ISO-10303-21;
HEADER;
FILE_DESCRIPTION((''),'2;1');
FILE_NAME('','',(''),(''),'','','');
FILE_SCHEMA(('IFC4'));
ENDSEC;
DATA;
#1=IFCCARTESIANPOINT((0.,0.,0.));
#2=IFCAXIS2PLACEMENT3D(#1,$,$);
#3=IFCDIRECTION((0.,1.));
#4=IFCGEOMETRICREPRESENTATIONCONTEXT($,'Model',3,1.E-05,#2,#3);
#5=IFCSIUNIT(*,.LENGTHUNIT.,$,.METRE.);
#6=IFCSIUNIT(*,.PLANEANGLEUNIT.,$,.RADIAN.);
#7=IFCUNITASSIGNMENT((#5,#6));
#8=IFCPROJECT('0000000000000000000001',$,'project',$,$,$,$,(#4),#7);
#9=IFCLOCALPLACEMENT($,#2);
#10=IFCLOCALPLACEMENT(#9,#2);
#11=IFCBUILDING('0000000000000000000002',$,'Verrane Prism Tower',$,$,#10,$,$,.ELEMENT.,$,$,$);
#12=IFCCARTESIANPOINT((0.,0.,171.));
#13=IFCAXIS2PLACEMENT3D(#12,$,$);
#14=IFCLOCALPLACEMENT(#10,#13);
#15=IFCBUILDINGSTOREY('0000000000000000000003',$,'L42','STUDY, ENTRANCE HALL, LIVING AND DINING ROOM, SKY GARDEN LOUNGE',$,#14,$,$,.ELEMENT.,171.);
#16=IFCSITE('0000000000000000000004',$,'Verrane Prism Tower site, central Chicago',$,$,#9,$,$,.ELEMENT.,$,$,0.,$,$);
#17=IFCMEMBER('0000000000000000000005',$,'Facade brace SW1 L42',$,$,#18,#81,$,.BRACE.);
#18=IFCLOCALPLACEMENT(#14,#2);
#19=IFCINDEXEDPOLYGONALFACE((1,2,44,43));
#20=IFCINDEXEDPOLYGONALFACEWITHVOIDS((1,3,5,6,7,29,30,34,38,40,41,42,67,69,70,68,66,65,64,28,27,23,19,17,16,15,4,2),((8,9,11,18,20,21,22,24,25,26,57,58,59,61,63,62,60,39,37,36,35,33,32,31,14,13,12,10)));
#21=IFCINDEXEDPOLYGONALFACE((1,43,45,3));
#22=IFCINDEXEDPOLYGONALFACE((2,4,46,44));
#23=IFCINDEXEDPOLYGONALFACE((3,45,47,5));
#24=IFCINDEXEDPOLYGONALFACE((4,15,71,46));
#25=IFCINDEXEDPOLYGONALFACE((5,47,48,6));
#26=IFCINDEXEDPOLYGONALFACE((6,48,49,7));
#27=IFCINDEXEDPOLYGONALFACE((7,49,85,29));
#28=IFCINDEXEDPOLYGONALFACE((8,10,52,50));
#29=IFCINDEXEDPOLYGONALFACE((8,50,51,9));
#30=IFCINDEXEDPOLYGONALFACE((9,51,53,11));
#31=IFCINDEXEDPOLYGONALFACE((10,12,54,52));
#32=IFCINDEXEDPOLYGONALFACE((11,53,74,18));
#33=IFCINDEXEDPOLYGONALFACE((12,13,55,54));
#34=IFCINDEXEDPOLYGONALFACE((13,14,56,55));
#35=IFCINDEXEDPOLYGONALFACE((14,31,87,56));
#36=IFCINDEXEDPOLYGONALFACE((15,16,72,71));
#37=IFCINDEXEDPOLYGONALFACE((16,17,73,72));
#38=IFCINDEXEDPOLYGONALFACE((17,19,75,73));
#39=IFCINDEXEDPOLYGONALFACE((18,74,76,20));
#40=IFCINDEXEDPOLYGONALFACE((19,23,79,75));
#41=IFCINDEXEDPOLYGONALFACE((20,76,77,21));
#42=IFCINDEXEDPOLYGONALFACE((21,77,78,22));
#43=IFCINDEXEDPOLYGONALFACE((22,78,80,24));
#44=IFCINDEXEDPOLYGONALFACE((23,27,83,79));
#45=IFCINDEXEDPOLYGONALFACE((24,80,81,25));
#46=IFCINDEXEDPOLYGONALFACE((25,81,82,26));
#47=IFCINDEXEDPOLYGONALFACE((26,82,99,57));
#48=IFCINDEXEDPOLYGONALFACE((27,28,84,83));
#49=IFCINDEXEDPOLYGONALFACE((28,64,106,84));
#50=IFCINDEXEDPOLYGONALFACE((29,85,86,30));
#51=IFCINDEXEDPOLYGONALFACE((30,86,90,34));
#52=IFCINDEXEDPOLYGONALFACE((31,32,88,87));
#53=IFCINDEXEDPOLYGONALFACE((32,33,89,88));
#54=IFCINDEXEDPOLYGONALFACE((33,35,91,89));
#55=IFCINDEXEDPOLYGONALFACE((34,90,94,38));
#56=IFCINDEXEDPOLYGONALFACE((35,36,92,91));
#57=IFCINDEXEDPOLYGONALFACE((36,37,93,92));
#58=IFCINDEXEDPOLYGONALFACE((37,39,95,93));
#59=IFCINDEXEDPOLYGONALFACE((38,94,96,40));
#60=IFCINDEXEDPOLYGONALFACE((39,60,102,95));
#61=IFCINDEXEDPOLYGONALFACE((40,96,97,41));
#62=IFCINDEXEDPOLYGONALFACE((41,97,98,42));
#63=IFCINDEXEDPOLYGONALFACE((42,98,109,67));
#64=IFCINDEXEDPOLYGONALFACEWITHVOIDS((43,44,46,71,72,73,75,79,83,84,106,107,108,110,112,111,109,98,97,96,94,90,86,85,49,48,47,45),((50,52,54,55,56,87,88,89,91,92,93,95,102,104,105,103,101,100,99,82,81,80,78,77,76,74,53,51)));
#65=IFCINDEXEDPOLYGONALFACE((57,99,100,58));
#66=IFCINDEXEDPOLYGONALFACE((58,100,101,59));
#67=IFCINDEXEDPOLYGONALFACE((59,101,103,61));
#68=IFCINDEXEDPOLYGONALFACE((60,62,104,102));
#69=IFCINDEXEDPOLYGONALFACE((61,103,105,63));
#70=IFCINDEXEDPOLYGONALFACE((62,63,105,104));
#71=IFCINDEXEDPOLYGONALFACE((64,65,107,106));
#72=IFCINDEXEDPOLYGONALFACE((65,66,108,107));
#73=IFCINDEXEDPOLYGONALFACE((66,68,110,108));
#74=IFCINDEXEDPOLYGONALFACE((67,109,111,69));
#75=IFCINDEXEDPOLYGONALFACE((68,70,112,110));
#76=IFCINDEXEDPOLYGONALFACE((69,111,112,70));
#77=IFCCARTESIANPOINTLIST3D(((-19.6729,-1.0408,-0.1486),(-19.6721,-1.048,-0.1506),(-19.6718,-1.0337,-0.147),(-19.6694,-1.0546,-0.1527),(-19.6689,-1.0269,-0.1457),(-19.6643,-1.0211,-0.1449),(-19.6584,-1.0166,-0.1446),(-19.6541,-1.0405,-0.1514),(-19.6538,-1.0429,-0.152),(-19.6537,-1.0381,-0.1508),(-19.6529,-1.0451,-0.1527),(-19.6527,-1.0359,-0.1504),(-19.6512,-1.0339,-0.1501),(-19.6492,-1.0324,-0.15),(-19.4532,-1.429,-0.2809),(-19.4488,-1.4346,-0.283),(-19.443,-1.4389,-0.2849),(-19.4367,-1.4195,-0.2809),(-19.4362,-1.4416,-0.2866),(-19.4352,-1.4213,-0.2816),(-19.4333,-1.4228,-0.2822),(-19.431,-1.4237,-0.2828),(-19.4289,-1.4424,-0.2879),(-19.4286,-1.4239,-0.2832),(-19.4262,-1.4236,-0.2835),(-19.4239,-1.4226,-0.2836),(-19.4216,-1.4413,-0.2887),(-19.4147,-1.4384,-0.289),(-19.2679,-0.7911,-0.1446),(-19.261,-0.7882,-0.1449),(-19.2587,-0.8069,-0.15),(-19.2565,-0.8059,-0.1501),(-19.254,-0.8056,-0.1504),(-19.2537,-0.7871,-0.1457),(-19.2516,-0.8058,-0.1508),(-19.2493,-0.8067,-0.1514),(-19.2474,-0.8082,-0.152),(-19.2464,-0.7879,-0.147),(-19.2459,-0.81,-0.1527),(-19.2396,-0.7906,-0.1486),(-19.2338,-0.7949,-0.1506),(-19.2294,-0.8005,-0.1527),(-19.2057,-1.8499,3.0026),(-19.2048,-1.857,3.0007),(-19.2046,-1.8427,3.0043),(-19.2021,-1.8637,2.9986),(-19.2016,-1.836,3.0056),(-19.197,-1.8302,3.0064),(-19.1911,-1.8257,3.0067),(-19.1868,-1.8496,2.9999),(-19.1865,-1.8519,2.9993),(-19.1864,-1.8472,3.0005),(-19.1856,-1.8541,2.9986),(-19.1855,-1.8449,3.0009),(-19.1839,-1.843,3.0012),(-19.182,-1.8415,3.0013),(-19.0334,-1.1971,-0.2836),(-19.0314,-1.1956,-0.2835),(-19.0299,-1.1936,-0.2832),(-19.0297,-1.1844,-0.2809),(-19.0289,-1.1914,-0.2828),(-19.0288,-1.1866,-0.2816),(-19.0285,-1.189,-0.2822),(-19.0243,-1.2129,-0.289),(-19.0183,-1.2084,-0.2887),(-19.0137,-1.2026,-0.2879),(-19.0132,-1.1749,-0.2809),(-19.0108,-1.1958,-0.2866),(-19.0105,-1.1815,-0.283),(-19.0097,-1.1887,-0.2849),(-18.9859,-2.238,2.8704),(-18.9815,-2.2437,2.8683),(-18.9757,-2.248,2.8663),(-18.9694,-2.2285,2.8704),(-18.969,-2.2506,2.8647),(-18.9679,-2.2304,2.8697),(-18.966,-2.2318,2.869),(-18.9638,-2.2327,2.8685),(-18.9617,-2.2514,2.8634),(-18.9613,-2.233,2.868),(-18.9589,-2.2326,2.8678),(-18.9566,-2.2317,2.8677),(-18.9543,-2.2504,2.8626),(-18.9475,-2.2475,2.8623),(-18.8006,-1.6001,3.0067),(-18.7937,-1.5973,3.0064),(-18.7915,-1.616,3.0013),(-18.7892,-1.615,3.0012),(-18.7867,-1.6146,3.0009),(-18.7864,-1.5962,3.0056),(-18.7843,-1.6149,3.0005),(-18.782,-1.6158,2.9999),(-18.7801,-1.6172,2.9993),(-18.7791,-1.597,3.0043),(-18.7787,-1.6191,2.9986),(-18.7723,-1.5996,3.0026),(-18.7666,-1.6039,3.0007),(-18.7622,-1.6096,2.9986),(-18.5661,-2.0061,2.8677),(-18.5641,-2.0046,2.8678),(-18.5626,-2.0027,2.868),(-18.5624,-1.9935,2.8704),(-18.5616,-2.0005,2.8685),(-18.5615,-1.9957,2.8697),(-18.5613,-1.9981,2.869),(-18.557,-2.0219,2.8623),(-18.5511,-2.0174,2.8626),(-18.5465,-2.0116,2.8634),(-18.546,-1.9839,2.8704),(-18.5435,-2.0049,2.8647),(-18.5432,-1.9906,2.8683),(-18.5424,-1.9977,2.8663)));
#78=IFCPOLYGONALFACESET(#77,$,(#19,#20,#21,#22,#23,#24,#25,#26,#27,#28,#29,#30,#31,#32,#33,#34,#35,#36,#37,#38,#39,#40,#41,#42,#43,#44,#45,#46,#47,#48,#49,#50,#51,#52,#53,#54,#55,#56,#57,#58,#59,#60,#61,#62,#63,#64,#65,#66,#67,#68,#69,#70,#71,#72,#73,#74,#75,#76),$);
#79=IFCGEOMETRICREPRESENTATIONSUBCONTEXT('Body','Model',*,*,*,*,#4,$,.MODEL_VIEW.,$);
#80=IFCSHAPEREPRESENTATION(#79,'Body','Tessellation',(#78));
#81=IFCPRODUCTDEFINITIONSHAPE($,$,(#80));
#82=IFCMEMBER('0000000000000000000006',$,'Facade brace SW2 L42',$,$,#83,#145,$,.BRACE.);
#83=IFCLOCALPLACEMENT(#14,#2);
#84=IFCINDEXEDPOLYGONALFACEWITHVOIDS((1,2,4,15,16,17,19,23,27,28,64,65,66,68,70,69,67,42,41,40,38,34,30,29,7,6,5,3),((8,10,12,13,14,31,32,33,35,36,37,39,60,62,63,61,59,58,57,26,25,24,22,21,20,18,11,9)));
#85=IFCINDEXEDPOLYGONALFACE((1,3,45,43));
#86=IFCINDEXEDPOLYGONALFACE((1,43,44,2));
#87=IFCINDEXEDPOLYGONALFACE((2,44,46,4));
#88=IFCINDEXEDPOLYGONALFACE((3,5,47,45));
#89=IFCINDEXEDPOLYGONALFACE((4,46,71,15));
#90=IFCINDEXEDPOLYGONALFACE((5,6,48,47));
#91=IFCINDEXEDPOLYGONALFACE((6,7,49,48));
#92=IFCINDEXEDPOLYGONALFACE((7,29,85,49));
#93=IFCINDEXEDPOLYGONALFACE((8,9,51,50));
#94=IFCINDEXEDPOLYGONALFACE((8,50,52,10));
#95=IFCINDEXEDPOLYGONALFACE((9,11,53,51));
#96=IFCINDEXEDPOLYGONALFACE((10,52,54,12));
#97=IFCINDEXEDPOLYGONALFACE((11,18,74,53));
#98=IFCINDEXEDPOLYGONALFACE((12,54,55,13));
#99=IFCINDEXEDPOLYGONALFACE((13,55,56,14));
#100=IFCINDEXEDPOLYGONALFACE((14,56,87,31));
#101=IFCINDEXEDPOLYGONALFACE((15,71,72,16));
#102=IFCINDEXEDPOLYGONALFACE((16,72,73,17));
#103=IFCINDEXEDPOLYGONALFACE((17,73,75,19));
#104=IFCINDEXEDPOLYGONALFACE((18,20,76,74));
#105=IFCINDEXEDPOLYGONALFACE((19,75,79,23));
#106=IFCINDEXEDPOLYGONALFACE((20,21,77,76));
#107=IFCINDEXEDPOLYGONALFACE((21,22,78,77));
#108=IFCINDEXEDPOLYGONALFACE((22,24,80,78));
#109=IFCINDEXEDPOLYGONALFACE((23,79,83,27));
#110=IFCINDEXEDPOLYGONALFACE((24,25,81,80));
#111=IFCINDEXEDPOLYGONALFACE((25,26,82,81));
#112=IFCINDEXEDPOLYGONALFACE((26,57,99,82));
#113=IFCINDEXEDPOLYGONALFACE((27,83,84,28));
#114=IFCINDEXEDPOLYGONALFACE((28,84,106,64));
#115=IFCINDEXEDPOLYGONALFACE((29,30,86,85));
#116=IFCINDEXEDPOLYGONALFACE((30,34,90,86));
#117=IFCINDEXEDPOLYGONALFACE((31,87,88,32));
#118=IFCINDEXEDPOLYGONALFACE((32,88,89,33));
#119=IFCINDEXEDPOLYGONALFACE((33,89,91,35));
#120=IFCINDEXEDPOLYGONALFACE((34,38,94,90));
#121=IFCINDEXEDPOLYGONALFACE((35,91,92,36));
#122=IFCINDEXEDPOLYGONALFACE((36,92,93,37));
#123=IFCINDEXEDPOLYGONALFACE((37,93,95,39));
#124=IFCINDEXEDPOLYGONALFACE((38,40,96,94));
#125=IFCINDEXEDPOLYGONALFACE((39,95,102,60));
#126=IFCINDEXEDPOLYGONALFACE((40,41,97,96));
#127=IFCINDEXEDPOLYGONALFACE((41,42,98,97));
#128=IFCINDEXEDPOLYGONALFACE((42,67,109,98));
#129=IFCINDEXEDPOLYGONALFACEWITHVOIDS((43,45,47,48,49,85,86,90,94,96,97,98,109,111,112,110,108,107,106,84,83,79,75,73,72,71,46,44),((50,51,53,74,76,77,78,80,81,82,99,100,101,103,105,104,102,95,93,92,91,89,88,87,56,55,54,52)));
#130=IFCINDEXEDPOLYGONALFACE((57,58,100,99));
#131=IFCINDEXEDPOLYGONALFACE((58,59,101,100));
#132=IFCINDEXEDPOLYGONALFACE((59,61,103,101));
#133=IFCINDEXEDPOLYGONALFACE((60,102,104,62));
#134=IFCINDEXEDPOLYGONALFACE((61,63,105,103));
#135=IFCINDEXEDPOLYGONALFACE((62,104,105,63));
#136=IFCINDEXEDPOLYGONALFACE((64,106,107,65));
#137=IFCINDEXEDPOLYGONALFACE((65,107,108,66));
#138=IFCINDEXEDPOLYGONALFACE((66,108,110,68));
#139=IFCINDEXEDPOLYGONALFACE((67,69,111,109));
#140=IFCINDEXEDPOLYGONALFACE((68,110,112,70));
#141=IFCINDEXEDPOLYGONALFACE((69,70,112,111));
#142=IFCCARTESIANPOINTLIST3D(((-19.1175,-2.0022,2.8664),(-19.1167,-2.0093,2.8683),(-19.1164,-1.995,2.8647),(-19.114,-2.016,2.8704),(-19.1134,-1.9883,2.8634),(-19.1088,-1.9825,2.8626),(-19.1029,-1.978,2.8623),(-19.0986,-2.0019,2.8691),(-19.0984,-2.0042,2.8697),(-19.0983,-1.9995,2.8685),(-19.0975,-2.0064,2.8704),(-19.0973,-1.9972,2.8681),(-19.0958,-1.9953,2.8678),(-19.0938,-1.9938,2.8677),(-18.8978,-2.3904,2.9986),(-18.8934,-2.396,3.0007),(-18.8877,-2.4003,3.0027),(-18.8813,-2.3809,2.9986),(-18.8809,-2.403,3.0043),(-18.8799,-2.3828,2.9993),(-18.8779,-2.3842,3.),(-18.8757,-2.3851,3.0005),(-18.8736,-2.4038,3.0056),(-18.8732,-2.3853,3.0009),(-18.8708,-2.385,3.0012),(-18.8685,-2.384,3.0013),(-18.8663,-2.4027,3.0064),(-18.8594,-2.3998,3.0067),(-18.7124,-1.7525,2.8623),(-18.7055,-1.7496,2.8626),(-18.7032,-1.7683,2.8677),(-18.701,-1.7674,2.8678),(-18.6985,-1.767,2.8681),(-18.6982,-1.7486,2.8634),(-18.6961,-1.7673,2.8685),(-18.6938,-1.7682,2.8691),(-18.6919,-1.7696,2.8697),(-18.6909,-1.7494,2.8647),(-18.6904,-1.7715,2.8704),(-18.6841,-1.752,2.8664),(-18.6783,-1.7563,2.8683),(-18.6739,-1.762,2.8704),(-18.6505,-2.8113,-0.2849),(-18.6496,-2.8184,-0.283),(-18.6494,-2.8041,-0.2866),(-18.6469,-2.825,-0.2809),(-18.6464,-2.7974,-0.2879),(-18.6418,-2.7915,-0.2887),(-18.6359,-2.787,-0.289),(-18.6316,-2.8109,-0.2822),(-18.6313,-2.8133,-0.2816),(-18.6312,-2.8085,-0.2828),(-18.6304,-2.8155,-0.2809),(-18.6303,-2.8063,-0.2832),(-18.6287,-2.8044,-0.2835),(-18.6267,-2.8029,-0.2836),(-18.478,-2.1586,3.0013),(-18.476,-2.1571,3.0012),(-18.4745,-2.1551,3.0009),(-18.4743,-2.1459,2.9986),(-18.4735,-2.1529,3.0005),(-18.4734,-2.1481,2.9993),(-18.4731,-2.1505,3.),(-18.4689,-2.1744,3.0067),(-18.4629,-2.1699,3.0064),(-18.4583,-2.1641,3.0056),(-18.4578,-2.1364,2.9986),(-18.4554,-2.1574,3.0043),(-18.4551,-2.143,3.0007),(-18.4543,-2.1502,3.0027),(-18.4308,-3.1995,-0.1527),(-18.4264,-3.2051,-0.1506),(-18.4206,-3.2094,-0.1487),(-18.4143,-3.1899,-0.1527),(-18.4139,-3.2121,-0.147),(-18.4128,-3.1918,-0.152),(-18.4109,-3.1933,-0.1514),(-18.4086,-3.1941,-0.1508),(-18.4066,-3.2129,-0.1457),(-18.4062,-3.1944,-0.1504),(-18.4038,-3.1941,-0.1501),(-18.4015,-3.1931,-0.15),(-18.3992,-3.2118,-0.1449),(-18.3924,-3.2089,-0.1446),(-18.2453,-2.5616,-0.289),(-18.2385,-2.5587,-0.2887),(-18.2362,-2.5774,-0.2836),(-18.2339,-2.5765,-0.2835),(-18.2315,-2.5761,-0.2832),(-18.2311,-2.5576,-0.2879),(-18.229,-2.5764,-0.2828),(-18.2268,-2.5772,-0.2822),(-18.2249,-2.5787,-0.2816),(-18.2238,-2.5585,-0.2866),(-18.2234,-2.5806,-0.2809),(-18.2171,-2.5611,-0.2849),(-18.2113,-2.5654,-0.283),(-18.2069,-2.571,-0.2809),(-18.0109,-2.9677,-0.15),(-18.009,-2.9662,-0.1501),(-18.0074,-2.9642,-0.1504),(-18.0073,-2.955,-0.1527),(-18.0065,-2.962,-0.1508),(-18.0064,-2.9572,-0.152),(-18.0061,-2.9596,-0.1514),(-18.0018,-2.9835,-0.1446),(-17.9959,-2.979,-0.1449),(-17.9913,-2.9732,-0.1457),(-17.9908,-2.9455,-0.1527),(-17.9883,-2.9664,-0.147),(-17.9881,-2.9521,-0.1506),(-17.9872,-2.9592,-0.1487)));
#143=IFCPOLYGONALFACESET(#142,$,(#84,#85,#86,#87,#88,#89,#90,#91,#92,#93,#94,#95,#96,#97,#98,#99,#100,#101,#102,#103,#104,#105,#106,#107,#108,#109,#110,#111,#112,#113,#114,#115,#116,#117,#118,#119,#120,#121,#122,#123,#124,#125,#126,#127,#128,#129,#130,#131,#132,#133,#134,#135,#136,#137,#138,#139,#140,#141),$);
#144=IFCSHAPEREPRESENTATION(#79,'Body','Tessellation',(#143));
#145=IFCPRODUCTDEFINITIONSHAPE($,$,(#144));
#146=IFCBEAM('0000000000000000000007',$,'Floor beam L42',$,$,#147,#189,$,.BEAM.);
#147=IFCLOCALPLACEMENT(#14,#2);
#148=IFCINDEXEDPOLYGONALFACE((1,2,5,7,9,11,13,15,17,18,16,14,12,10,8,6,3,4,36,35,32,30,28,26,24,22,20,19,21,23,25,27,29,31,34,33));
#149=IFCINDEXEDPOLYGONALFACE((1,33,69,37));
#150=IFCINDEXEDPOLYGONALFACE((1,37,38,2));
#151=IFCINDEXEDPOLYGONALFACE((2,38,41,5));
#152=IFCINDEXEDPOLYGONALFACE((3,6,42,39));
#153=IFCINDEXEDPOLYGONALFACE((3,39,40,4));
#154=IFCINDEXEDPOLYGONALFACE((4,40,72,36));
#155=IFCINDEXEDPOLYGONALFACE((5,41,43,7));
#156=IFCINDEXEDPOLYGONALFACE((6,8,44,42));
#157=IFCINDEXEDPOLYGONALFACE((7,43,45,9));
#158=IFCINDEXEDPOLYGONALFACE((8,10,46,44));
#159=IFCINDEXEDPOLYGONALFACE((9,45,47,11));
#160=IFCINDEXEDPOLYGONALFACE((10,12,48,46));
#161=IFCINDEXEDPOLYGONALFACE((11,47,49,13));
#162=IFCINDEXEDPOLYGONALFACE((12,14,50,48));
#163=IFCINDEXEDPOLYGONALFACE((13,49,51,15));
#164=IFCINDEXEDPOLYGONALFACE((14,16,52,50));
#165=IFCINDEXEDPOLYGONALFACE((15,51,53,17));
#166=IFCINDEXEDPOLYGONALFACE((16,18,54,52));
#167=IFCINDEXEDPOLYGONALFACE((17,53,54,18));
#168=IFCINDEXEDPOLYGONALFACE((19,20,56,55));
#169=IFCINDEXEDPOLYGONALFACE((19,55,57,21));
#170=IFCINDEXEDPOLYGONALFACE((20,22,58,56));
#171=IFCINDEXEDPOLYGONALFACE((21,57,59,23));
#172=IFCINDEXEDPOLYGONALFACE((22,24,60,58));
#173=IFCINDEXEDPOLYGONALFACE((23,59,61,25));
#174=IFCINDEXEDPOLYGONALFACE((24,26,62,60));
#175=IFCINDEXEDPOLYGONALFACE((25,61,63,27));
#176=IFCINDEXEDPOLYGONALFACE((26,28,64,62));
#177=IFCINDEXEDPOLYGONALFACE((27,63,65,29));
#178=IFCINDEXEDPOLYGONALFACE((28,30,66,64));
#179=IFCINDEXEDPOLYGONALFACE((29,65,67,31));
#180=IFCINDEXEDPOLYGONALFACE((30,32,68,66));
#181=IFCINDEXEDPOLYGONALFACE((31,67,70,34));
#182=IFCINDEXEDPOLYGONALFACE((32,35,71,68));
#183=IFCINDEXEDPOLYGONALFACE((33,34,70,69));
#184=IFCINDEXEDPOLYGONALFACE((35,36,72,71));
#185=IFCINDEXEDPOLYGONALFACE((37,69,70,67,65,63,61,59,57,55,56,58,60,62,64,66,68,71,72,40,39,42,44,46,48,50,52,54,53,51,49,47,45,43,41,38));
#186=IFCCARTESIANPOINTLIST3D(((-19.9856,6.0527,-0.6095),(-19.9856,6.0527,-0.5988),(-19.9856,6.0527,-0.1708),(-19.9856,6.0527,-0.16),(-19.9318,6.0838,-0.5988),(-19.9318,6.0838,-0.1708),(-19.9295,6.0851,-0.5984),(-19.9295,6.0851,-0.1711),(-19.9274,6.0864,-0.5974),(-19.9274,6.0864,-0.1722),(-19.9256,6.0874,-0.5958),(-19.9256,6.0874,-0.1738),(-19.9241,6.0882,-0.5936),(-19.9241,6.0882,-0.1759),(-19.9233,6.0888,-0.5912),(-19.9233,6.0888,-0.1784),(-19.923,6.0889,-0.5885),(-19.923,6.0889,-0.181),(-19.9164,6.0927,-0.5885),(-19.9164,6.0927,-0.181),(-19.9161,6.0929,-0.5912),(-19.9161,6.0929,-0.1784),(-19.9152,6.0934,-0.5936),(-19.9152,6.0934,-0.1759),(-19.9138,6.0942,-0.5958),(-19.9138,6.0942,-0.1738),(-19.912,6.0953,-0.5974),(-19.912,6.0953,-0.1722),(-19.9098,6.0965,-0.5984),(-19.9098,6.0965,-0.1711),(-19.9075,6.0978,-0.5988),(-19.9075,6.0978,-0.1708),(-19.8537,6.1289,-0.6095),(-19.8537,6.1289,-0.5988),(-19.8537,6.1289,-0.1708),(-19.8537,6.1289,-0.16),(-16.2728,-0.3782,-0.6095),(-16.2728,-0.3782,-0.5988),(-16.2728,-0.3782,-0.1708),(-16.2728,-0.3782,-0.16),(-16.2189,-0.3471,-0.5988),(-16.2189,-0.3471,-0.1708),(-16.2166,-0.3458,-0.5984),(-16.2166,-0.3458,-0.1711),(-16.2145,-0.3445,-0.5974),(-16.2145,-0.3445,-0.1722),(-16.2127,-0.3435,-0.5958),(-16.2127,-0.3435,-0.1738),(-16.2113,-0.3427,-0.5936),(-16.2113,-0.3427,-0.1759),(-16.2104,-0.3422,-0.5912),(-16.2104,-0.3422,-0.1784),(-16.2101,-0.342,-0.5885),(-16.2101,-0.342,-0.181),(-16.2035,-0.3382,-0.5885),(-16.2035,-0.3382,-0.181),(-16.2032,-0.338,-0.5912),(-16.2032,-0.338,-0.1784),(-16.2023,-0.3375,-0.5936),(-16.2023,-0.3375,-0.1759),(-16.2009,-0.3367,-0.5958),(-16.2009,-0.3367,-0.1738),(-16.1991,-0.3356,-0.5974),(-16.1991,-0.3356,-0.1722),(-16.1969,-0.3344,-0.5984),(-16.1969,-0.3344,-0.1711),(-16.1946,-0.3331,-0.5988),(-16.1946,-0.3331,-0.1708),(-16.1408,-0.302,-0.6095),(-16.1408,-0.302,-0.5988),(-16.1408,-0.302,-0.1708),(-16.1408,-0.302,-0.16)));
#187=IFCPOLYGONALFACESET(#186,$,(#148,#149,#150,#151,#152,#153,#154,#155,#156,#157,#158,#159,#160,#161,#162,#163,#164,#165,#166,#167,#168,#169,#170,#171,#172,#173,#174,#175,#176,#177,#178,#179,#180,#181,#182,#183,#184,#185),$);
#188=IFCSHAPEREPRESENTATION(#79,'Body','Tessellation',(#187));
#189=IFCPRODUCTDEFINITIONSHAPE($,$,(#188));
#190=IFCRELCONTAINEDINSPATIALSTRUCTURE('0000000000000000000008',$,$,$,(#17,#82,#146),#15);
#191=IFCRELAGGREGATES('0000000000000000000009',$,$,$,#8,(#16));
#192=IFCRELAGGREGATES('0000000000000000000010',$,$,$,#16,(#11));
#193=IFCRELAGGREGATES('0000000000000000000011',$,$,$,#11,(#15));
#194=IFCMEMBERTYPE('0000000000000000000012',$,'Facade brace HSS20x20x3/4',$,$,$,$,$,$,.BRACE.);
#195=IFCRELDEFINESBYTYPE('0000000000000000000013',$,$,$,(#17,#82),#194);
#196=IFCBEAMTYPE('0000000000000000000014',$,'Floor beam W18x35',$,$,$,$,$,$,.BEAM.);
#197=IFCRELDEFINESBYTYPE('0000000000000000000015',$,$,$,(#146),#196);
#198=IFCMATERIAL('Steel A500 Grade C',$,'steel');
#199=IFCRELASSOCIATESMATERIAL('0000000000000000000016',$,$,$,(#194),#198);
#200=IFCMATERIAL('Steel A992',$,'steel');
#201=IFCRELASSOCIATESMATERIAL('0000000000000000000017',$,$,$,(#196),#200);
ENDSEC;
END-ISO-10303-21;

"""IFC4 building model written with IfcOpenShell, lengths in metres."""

from ifc_helpers import new_model, si_unit, direction, frame, origin, origin_2d, place, context, subcontext, project, spatial, hollow_rectangle, i_section, extrude, material, material_profile, profile_set, type_object, element, save


model = new_model("IFC4")

# Units and contexts
model_context = context("Model", 3, precision=1e-05, world=origin(), true_north=direction((0.0, 1.0)))
body_context = subcontext(model_context, "Body", "Model", "MODEL_VIEW")
ifc_project = project(units=[si_unit("LENGTHUNIT", "METRE"), si_unit("PLANEANGLEUNIT", "RADIAN")], contexts=[model_context])

# Site, building, storey
site_placement = place(None, origin())
site = spatial("IfcSite", under=ifc_project, at=site_placement, Name="Verrane Prism Tower site, central Chicago", CompositionType="ELEMENT", RefElevation=0.0)
building_placement = place(site_placement, origin())
building = spatial("IfcBuilding", under=site, at=building_placement, Name="Verrane Prism Tower", CompositionType="ELEMENT")
storey_placement = place(building_placement, frame((0.0, 0.0, 171.0)))
storey = spatial("IfcBuildingStorey", under=building, at=storey_placement, Name="L42", Description="STUDY, ENTRANCE HALL, LIVING AND DINING ROOM, SKY GARDEN LOUNGE", CompositionType="ELEMENT", Elevation=171.0)

# Members
ifc_material_1 = material(Name="Steel A500 Grade C", Category="steel")
ifc_material_profile_1 = material_profile(ifc_material_1, hollow_rectangle(XDim=0.5081, YDim=0.5081, WallThickness=0.019, InnerFilletRadius=0.0095, OuterFilletRadius=0.0286, at=origin_2d()), Name="HSS20x20x3/4")
ifc_profile_set_1 = profile_set([ifc_material_profile_1], Name="Steel A500 Grade C")
member_type_1 = type_object("IfcMemberType", Name="Facade brace HSS20x20x3/4", PredefinedType="BRACE", material=ifc_profile_set_1)
for number, where, z_axis, x_axis, name in (
    (1, (-19.3413, -1.1147, -0.2168), (0.142163, -0.246149, 0.958749), (0.865951, 0.50013, 0.0), "Facade brace SW1 L42"),
    (2, (-18.3188, -2.8853, -0.2168), (-0.142091, 0.246152, 0.958759), (-0.866064, -0.499934, 0.0), "Facade brace SW2 L42"),
):
    element("IfcMember", number, at=place(storey_placement, frame(where, z_axis=z_axis, x_axis=x_axis)), inside=storey, type_object=member_type_1, Name=name, PredefinedType="BRACE", context=body_context, shape_type="SweptSolid", body=[
        extrude(hollow_rectangle(XDim=0.5081, YDim=0.5081, WallThickness=0.019, InnerFilletRadius=0.0095, OuterFilletRadius=0.0286, at=origin_2d()), origin(), (0.0, 0.0, 1.0), 3.2869),
    ])

# Beam
ifc_material_2 = material(Name="Steel A992", Category="steel")
ifc_material_profile_2 = material_profile(ifc_material_2, i_section(OverallWidth=0.1523, OverallDepth=0.4495, WebThickness=0.0076, FlangeThickness=0.0107, FilletRadius=0.0103, at=origin_2d()), Name="W18x35")
ifc_profile_set_2 = profile_set([ifc_material_profile_2], Name="Steel A992")
beam_type_1 = type_object("IfcBeamType", Name="Floor beam W18x35", PredefinedType="BEAM", material=ifc_profile_set_2)
beam_1_placement = place(storey_placement, frame((-16.2068, -0.3401, -0.3848), z_axis=(-0.5, 0.866025, 0.0), x_axis=(-0.866025, -0.5, 0.0)))
element("IfcBeam", 3, at=beam_1_placement, inside=storey, type_object=beam_type_1, Name="Floor beam L42", PredefinedType="BEAM", context=body_context, shape_type="SweptSolid", body=[
    extrude(i_section(OverallWidth=0.1523, OverallDepth=0.4495, WebThickness=0.0076, FlangeThickness=0.0107, FilletRadius=0.0103, at=origin_2d()), origin(), (0.0, 0.0, 1.0), 7.4258),
])

save(model, "model.ifc")
